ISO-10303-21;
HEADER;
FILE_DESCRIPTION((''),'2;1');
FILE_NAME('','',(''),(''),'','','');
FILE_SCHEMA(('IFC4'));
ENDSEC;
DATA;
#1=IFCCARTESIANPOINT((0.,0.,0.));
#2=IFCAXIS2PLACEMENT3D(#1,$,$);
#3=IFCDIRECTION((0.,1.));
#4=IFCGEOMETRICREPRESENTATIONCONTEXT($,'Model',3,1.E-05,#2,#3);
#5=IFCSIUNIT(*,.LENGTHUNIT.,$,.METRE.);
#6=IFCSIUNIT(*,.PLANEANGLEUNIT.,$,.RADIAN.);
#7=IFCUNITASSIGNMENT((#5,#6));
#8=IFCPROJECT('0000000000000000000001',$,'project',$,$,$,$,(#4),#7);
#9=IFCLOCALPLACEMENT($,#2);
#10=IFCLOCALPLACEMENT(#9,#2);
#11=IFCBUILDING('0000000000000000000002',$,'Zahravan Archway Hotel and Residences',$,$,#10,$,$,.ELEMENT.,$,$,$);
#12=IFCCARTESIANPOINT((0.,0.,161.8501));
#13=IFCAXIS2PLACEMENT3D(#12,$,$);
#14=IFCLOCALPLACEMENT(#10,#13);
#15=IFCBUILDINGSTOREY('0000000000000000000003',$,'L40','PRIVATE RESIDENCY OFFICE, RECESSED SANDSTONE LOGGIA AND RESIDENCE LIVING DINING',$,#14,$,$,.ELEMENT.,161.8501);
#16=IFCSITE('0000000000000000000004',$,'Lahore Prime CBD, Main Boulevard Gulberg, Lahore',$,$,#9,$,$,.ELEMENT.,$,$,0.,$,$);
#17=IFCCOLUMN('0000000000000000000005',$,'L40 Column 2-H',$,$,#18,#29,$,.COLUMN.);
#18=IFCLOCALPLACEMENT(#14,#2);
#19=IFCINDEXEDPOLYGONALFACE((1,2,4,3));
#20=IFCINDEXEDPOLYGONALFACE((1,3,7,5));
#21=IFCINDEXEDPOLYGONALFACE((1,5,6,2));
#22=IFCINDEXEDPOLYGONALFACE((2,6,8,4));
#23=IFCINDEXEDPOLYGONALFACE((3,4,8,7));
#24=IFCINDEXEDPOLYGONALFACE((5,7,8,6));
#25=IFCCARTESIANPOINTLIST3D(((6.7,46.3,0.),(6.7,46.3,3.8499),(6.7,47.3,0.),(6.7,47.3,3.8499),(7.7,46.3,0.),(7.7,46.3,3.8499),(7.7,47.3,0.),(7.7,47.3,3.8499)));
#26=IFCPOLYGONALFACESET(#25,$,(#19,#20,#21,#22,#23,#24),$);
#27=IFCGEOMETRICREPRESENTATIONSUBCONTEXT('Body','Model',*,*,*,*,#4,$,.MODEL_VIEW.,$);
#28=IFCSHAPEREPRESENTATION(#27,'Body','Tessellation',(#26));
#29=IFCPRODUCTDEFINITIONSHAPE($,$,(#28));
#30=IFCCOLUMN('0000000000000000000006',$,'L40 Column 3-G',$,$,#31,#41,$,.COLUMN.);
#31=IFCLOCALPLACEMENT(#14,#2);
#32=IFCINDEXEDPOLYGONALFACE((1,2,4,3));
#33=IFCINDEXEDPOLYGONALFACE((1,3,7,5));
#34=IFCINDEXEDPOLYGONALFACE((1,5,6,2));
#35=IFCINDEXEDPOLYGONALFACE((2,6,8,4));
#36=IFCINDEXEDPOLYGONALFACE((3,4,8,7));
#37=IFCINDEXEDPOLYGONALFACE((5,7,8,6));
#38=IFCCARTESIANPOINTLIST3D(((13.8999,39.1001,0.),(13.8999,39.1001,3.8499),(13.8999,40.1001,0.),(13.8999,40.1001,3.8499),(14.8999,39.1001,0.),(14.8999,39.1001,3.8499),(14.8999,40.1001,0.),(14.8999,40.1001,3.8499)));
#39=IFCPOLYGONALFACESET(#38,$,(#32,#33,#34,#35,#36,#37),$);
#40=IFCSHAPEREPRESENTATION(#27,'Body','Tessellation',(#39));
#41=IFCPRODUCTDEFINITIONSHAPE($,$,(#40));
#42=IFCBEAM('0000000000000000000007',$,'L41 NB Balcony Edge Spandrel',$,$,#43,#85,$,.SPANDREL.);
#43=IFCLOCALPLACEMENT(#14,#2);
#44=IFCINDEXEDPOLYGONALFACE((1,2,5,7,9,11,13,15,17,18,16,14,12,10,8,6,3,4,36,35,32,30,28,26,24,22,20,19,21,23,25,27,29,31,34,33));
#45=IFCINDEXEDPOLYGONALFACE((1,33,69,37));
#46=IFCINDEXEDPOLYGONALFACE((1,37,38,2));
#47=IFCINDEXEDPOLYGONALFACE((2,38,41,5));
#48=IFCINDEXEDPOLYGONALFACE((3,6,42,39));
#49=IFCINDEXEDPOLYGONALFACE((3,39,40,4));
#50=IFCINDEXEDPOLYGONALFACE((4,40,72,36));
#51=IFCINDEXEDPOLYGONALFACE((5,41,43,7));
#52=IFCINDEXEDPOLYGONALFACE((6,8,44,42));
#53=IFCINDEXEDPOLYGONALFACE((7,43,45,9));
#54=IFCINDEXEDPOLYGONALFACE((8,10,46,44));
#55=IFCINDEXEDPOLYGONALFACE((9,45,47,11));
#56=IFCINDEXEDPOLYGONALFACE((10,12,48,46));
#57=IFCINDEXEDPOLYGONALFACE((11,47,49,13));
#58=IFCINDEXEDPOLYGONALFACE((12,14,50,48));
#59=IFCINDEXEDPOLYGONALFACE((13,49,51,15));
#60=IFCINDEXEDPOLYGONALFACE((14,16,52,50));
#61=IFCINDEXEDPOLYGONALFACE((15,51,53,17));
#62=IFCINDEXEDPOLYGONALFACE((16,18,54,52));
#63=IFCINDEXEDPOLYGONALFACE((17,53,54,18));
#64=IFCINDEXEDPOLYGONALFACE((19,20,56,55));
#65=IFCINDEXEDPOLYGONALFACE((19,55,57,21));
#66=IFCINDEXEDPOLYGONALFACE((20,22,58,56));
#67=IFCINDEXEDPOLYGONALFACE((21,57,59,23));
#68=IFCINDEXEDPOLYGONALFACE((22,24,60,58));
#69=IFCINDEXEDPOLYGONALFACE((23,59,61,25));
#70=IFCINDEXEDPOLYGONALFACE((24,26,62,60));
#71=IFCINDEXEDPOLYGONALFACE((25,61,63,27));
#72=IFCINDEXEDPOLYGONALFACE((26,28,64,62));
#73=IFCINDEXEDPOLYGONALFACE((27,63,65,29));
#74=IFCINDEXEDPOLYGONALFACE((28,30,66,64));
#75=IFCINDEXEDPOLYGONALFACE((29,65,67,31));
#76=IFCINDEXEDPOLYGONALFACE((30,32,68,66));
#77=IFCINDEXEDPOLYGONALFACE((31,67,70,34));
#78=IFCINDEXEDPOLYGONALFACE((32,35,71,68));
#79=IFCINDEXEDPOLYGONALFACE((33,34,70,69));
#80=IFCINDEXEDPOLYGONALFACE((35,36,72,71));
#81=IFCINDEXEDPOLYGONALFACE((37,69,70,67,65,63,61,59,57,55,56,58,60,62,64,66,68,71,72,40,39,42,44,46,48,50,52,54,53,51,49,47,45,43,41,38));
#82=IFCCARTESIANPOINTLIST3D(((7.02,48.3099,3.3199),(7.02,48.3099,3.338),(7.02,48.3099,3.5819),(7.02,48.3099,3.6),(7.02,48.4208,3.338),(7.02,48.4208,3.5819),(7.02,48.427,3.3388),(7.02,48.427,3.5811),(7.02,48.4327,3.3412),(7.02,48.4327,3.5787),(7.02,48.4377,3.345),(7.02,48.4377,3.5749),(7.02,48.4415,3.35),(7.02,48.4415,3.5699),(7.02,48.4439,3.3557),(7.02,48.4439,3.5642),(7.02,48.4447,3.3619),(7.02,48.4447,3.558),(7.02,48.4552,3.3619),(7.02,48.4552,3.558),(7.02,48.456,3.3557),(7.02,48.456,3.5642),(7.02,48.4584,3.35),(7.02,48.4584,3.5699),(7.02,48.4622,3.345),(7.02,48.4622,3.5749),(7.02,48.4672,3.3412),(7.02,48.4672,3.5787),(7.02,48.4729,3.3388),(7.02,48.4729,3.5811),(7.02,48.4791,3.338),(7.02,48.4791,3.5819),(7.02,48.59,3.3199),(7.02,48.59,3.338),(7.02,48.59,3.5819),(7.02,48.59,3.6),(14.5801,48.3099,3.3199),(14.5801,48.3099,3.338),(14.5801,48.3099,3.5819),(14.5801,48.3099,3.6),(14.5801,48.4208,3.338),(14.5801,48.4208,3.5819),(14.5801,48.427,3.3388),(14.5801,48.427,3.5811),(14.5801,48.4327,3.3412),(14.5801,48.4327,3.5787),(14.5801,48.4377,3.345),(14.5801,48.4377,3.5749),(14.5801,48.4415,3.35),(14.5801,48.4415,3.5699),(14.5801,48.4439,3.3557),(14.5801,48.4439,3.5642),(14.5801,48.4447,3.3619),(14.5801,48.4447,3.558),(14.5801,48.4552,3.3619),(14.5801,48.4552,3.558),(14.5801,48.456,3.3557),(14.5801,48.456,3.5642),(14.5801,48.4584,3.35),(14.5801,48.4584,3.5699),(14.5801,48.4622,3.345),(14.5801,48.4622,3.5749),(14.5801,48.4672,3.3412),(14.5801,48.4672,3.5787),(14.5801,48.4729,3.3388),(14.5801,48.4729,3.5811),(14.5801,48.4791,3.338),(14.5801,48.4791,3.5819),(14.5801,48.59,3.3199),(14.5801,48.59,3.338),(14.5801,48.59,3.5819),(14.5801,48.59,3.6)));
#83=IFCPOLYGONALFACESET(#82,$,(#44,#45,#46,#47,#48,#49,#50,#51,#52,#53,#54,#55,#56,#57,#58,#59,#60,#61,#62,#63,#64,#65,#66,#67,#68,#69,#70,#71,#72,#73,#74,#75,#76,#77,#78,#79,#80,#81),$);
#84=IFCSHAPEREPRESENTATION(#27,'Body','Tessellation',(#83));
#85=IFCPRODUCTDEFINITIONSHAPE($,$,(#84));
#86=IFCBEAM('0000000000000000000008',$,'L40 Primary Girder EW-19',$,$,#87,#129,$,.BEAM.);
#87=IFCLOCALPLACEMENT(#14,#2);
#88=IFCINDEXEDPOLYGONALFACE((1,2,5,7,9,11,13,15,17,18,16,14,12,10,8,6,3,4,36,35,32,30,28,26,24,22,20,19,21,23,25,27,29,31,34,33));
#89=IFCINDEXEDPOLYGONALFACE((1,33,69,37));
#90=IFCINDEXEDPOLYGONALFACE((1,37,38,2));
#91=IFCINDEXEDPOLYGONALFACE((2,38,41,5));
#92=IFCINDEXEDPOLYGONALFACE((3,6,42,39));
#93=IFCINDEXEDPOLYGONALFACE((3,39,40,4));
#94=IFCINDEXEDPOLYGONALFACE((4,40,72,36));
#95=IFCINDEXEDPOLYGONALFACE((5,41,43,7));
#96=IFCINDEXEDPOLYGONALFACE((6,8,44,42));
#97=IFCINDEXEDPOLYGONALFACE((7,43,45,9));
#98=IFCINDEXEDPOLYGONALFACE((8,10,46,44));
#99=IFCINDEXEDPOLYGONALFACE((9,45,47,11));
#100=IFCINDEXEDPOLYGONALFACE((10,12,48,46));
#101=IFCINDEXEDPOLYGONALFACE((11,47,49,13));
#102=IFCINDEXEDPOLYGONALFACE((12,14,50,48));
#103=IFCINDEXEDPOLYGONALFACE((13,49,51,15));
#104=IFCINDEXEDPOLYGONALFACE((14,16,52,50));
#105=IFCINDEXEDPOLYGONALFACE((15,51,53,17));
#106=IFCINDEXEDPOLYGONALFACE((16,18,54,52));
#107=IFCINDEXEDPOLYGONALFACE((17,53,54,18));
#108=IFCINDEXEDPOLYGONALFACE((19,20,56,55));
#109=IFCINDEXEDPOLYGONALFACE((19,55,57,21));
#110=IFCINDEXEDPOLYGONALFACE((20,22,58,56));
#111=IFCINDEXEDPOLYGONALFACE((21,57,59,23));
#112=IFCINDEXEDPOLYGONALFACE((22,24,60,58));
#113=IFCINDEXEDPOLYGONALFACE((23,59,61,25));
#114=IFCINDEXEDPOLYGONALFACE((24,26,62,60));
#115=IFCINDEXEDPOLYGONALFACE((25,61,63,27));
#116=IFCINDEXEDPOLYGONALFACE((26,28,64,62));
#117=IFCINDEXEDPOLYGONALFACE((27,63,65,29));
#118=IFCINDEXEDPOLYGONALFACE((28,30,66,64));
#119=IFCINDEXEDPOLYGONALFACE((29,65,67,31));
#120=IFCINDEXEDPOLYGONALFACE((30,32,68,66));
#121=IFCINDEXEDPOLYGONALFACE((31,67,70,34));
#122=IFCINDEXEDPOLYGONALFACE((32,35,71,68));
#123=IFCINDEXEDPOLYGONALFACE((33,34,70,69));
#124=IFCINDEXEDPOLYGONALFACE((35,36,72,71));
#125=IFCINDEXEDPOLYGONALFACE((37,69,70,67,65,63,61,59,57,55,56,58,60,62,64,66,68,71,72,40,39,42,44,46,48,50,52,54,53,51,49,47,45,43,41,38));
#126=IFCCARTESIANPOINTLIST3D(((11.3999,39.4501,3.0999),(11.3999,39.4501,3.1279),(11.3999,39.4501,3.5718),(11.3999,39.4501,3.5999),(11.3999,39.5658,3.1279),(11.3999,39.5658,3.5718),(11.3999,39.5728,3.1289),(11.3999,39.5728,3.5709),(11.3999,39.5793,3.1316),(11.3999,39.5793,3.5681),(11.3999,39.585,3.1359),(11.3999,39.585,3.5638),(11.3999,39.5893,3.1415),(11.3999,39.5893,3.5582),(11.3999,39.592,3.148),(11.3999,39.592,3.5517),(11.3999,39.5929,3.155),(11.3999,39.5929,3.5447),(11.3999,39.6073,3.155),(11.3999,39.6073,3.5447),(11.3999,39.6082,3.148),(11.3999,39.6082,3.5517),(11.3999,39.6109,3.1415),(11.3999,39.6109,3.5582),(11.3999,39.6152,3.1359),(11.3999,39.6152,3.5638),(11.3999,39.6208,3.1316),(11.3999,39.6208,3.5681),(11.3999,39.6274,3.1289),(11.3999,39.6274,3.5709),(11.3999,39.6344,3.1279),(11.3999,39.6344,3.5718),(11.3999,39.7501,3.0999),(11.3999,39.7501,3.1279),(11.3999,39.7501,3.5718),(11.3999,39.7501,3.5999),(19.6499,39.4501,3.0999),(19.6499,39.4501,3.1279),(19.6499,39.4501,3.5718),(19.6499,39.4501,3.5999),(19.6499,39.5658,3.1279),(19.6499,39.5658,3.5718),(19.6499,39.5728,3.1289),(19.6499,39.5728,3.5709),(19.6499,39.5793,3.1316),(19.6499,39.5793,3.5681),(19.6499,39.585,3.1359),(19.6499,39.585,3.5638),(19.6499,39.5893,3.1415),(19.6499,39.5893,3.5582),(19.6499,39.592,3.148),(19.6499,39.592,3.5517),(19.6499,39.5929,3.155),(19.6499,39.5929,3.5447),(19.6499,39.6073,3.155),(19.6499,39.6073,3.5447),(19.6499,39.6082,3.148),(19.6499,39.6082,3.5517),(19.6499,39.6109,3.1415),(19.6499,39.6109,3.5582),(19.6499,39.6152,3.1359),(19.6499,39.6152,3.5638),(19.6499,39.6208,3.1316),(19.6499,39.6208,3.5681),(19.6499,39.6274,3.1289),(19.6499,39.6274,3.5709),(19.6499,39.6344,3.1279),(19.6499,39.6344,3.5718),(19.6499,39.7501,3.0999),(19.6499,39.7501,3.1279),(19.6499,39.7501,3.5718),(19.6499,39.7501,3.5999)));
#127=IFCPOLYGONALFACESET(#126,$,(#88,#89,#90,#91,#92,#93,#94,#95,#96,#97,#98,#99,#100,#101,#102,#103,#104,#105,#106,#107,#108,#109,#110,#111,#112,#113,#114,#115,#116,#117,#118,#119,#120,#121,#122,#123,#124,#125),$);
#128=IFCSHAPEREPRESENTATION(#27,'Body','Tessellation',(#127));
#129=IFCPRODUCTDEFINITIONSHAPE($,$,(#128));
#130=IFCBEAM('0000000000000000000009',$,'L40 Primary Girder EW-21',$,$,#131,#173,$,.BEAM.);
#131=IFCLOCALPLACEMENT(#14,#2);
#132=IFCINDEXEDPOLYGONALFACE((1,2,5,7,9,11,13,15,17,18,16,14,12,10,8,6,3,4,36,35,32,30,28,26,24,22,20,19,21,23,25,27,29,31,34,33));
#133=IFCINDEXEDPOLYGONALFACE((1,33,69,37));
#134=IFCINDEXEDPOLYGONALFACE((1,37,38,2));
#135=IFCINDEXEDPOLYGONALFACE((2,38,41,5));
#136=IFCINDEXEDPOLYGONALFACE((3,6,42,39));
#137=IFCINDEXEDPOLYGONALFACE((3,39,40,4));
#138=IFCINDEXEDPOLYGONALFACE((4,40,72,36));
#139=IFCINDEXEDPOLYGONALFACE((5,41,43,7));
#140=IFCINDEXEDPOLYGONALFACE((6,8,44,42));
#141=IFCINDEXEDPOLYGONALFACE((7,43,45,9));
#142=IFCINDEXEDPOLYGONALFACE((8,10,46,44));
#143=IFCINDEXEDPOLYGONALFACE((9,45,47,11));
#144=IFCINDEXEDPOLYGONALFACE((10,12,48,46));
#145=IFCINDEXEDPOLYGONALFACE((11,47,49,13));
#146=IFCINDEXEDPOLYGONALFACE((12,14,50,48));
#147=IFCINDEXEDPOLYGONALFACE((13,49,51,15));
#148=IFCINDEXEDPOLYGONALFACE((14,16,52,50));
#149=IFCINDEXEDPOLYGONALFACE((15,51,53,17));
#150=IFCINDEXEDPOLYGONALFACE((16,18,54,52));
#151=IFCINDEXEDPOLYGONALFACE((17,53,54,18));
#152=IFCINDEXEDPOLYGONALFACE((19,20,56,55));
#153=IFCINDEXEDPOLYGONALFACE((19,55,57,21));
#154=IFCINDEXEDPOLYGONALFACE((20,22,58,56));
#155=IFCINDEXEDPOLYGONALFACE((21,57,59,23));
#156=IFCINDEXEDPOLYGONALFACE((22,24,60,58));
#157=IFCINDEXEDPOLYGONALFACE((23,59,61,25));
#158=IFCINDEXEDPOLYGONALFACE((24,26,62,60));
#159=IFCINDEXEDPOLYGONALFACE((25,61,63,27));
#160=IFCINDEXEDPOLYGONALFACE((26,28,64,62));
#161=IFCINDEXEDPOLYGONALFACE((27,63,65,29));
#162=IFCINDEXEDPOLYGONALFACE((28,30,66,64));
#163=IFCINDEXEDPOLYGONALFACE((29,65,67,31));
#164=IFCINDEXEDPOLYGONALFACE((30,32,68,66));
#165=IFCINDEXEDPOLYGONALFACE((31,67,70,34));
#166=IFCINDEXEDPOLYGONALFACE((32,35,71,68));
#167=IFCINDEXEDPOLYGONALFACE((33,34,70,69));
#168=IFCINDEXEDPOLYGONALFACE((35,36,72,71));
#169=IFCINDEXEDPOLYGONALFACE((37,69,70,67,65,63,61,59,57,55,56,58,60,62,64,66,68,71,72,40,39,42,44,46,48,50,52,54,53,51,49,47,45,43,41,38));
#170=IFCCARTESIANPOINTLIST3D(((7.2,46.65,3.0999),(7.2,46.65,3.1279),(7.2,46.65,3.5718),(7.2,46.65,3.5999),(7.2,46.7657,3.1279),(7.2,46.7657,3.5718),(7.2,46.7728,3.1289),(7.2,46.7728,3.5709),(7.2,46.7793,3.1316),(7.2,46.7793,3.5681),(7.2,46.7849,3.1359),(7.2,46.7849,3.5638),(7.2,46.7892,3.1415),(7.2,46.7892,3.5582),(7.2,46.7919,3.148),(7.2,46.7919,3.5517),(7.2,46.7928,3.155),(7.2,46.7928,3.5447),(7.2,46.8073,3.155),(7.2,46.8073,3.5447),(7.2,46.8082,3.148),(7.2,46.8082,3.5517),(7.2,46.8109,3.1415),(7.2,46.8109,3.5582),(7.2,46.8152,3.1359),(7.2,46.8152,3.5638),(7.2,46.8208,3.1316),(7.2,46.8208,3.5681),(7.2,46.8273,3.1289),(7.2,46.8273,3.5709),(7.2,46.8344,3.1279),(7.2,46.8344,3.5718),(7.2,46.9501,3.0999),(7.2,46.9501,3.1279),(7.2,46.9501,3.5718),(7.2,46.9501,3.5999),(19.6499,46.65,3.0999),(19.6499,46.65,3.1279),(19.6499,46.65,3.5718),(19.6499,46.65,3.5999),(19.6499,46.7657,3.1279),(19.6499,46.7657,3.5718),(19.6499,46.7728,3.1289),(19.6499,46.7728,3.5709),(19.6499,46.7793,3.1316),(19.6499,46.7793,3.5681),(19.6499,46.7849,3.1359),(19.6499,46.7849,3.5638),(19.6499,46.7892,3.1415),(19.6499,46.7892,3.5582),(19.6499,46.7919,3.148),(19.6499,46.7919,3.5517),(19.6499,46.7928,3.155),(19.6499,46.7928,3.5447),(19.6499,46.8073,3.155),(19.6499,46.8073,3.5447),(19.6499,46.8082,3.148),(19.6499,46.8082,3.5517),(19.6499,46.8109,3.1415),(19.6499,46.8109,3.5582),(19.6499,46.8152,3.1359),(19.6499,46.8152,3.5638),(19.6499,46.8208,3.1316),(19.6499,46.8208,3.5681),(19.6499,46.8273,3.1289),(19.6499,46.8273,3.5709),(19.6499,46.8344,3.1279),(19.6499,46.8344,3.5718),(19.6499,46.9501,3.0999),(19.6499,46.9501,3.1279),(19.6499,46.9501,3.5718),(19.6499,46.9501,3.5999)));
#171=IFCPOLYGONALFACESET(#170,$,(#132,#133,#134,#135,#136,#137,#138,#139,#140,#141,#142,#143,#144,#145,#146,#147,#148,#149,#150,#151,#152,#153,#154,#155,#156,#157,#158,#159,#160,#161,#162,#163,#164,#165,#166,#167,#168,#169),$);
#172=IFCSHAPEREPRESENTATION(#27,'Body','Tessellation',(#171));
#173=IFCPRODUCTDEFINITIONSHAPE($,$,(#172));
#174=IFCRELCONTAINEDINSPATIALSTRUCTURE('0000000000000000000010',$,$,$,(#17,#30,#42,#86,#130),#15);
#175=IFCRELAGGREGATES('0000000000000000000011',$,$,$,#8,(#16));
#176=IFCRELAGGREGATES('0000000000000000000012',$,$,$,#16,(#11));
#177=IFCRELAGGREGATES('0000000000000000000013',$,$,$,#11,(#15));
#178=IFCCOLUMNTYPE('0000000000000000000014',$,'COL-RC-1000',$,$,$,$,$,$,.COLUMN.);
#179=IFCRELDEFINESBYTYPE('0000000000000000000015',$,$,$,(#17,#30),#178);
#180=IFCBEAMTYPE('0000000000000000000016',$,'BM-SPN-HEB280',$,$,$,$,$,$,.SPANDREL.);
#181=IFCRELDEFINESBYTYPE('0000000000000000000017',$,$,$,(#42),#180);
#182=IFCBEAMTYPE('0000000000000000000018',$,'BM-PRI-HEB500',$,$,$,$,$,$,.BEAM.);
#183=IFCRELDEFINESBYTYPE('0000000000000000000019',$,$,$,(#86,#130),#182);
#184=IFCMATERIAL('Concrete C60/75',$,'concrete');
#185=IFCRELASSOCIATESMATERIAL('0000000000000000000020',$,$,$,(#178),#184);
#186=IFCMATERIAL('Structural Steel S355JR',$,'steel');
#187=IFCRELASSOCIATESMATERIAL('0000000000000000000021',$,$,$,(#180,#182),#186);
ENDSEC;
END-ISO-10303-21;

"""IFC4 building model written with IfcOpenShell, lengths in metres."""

from ifc_helpers import new_model, si_unit, direction, frame, origin, origin_2d, place, context, subcontext, project, spatial, rectangle, i_section, extrude, source, transform, mapped, material, material_profile, profile_set, type_object, type_shapes, element, save


model = new_model("IFC4")

# Units and contexts
model_context = context("Model", 3, precision=1e-05, world=origin(), true_north=direction((0.0, 1.0)))
body_context = subcontext(model_context, "Body", "Model", "MODEL_VIEW")
ifc_project = project(units=[si_unit("LENGTHUNIT", "METRE"), si_unit("PLANEANGLEUNIT", "RADIAN")], contexts=[model_context])

# Site, building, storey
site_placement = place(None, origin())
site = spatial("IfcSite", under=ifc_project, at=site_placement, Name="Lahore Prime CBD, Main Boulevard Gulberg, Lahore", CompositionType="ELEMENT", RefElevation=0.0)
building_placement = place(site_placement, origin())
building = spatial("IfcBuilding", under=site, at=building_placement, Name="Zahravan Archway Hotel and Residences", CompositionType="ELEMENT")
storey_placement = place(building_placement, frame((0.0, 0.0, 161.8501)))
storey = spatial("IfcBuildingStorey", under=building, at=storey_placement, Name="L40", Description="PRIVATE RESIDENCY OFFICE, RECESSED SANDSTONE LOGGIA AND RESIDENCE LIVING DINING", CompositionType="ELEMENT", Elevation=161.8501)

# Columns
ifc_material_1 = material(Name="Concrete C60/75", Category="concrete")
ifc_material_profile_1 = material_profile(ifc_material_1, rectangle(XDim=1.0, YDim=1.0, at=origin_2d()), Name="RC-COL-1000x1000", Category="concrete")
ifc_profile_set_1 = profile_set([ifc_material_profile_1], Name="Concrete C60/75")
column_type = type_object("IfcColumnType", Name="COL-RC-1000", PredefinedType="COLUMN", material=ifc_profile_set_1)
shared_shape_1 = source(origin(), body_context, "Body", "SweptSolid", [
    extrude(rectangle(XDim=1.0, YDim=1.0, at=origin_2d()), origin(), (0.0, 0.0, 1.0), 3.8499),
])
for number, where, z_axis, x_axis, name in (
    (1, (7.2, 46.8, 0.0), (0.0, 0.0, 1.0), (1.0, 0.0, 0.0), "L40 Column 2-H"),
    (2, (14.3999, 39.6001, 0.0), (0.0, 0.0, 1.0), (1.0, 0.0, 0.0), "L40 Column 3-G"),
):
    element("IfcColumn", number, at=place(storey_placement, frame(where, z_axis=z_axis, x_axis=x_axis)), inside=storey, type_object=column_type, Name=name, PredefinedType="COLUMN", context=body_context, shape_type="MappedRepresentation", body=[
        mapped(shared_shape_1, transform((0.0, 0.0, 0.0), scale=1.0)),
    ])

# Beams
ifc_material_2 = material(Name="Structural Steel S355JR", Category="steel")
ifc_material_profile_2 = material_profile(ifc_material_2, i_section(OverallWidth=0.28, OverallDepth=0.28, WebThickness=0.0105, FlangeThickness=0.0181, FilletRadius=0.0239, at=origin_2d()), Name="HEB 280", Category="steel")
ifc_profile_set_2 = profile_set([ifc_material_profile_2], Name="Structural Steel S355JR")
beam_type_1 = type_object("IfcBeamType", Name="BM-SPN-HEB280", PredefinedType="SPANDREL", material=ifc_profile_set_2)
shared_shape_2 = source(origin(), body_context, "Body", "SweptSolid", [
    extrude(i_section(OverallWidth=0.28, OverallDepth=0.28, WebThickness=0.0105, FlangeThickness=0.0181, FilletRadius=0.0239, at=origin_2d()), origin(), (0.0, 0.0, 1.0), 7.5601),
])
type_shapes(beam_type_1, [shared_shape_2])
beam_1_placement = place(storey_placement, frame((7.02, 48.45, 3.46), z_axis=(1.0, 0.0, 0.0), x_axis=(0.0, 1.0, 0.0)))
element("IfcBeam", 3, at=beam_1_placement, inside=storey, type_object=beam_type_1, Name="L41 NB Balcony Edge Spandrel", PredefinedType="SPANDREL", context=body_context, shape_type="MappedRepresentation", body=[
    mapped(shared_shape_2, transform((0.0, 0.0, 0.0), scale=1.0)),
])
ifc_material_profile_3 = material_profile(ifc_material_2, i_section(OverallWidth=0.3, OverallDepth=0.5, WebThickness=0.0144, FlangeThickness=0.0281, FilletRadius=0.0271, at=origin_2d()), Name="HEB 500", Category="steel")
ifc_profile_set_3 = profile_set([ifc_material_profile_3], Name="Structural Steel S355JR")
beam_type_2 = type_object("IfcBeamType", Name="BM-PRI-HEB500", PredefinedType="BEAM", material=ifc_profile_set_3)
shared_shape_3 = source(origin(), body_context, "Body", "SweptSolid", [
    extrude(i_section(OverallWidth=0.3, OverallDepth=0.5, WebThickness=0.0144, FlangeThickness=0.0281, FilletRadius=0.0271, at=origin_2d()), origin(), (0.0, 0.0, 1.0), 8.25),
])
beam_2_placement = place(storey_placement, frame((11.3999, 39.6001, 3.3499), z_axis=(1.0, 0.0, 0.0), x_axis=(0.0, 1.0, 0.0)))
element("IfcBeam", 4, at=beam_2_placement, inside=storey, type_object=beam_type_2, Name="L40 Primary Girder EW-19", PredefinedType="BEAM", context=body_context, shape_type="MappedRepresentation", body=[
    mapped(shared_shape_3, transform((0.0, 0.0, 0.0), scale=1.0)),
])
shared_shape_4 = source(origin(), body_context, "Body", "SweptSolid", [
    extrude(i_section(OverallWidth=0.3, OverallDepth=0.5, WebThickness=0.0144, FlangeThickness=0.0281, FilletRadius=0.0271, at=origin_2d()), origin(), (0.0, 0.0, 1.0), 12.45),
])
beam_3_placement = place(storey_placement, frame((7.2, 46.8, 3.3499), z_axis=(1.0, 0.0, 0.0), x_axis=(0.0, 1.0, 0.0)))
element("IfcBeam", 5, at=beam_3_placement, inside=storey, type_object=beam_type_2, Name="L40 Primary Girder EW-21", PredefinedType="BEAM", context=body_context, shape_type="MappedRepresentation", body=[
    mapped(shared_shape_4, transform((0.0, 0.0, 0.0), scale=1.0)),
])

save(model, "model.ifc")
